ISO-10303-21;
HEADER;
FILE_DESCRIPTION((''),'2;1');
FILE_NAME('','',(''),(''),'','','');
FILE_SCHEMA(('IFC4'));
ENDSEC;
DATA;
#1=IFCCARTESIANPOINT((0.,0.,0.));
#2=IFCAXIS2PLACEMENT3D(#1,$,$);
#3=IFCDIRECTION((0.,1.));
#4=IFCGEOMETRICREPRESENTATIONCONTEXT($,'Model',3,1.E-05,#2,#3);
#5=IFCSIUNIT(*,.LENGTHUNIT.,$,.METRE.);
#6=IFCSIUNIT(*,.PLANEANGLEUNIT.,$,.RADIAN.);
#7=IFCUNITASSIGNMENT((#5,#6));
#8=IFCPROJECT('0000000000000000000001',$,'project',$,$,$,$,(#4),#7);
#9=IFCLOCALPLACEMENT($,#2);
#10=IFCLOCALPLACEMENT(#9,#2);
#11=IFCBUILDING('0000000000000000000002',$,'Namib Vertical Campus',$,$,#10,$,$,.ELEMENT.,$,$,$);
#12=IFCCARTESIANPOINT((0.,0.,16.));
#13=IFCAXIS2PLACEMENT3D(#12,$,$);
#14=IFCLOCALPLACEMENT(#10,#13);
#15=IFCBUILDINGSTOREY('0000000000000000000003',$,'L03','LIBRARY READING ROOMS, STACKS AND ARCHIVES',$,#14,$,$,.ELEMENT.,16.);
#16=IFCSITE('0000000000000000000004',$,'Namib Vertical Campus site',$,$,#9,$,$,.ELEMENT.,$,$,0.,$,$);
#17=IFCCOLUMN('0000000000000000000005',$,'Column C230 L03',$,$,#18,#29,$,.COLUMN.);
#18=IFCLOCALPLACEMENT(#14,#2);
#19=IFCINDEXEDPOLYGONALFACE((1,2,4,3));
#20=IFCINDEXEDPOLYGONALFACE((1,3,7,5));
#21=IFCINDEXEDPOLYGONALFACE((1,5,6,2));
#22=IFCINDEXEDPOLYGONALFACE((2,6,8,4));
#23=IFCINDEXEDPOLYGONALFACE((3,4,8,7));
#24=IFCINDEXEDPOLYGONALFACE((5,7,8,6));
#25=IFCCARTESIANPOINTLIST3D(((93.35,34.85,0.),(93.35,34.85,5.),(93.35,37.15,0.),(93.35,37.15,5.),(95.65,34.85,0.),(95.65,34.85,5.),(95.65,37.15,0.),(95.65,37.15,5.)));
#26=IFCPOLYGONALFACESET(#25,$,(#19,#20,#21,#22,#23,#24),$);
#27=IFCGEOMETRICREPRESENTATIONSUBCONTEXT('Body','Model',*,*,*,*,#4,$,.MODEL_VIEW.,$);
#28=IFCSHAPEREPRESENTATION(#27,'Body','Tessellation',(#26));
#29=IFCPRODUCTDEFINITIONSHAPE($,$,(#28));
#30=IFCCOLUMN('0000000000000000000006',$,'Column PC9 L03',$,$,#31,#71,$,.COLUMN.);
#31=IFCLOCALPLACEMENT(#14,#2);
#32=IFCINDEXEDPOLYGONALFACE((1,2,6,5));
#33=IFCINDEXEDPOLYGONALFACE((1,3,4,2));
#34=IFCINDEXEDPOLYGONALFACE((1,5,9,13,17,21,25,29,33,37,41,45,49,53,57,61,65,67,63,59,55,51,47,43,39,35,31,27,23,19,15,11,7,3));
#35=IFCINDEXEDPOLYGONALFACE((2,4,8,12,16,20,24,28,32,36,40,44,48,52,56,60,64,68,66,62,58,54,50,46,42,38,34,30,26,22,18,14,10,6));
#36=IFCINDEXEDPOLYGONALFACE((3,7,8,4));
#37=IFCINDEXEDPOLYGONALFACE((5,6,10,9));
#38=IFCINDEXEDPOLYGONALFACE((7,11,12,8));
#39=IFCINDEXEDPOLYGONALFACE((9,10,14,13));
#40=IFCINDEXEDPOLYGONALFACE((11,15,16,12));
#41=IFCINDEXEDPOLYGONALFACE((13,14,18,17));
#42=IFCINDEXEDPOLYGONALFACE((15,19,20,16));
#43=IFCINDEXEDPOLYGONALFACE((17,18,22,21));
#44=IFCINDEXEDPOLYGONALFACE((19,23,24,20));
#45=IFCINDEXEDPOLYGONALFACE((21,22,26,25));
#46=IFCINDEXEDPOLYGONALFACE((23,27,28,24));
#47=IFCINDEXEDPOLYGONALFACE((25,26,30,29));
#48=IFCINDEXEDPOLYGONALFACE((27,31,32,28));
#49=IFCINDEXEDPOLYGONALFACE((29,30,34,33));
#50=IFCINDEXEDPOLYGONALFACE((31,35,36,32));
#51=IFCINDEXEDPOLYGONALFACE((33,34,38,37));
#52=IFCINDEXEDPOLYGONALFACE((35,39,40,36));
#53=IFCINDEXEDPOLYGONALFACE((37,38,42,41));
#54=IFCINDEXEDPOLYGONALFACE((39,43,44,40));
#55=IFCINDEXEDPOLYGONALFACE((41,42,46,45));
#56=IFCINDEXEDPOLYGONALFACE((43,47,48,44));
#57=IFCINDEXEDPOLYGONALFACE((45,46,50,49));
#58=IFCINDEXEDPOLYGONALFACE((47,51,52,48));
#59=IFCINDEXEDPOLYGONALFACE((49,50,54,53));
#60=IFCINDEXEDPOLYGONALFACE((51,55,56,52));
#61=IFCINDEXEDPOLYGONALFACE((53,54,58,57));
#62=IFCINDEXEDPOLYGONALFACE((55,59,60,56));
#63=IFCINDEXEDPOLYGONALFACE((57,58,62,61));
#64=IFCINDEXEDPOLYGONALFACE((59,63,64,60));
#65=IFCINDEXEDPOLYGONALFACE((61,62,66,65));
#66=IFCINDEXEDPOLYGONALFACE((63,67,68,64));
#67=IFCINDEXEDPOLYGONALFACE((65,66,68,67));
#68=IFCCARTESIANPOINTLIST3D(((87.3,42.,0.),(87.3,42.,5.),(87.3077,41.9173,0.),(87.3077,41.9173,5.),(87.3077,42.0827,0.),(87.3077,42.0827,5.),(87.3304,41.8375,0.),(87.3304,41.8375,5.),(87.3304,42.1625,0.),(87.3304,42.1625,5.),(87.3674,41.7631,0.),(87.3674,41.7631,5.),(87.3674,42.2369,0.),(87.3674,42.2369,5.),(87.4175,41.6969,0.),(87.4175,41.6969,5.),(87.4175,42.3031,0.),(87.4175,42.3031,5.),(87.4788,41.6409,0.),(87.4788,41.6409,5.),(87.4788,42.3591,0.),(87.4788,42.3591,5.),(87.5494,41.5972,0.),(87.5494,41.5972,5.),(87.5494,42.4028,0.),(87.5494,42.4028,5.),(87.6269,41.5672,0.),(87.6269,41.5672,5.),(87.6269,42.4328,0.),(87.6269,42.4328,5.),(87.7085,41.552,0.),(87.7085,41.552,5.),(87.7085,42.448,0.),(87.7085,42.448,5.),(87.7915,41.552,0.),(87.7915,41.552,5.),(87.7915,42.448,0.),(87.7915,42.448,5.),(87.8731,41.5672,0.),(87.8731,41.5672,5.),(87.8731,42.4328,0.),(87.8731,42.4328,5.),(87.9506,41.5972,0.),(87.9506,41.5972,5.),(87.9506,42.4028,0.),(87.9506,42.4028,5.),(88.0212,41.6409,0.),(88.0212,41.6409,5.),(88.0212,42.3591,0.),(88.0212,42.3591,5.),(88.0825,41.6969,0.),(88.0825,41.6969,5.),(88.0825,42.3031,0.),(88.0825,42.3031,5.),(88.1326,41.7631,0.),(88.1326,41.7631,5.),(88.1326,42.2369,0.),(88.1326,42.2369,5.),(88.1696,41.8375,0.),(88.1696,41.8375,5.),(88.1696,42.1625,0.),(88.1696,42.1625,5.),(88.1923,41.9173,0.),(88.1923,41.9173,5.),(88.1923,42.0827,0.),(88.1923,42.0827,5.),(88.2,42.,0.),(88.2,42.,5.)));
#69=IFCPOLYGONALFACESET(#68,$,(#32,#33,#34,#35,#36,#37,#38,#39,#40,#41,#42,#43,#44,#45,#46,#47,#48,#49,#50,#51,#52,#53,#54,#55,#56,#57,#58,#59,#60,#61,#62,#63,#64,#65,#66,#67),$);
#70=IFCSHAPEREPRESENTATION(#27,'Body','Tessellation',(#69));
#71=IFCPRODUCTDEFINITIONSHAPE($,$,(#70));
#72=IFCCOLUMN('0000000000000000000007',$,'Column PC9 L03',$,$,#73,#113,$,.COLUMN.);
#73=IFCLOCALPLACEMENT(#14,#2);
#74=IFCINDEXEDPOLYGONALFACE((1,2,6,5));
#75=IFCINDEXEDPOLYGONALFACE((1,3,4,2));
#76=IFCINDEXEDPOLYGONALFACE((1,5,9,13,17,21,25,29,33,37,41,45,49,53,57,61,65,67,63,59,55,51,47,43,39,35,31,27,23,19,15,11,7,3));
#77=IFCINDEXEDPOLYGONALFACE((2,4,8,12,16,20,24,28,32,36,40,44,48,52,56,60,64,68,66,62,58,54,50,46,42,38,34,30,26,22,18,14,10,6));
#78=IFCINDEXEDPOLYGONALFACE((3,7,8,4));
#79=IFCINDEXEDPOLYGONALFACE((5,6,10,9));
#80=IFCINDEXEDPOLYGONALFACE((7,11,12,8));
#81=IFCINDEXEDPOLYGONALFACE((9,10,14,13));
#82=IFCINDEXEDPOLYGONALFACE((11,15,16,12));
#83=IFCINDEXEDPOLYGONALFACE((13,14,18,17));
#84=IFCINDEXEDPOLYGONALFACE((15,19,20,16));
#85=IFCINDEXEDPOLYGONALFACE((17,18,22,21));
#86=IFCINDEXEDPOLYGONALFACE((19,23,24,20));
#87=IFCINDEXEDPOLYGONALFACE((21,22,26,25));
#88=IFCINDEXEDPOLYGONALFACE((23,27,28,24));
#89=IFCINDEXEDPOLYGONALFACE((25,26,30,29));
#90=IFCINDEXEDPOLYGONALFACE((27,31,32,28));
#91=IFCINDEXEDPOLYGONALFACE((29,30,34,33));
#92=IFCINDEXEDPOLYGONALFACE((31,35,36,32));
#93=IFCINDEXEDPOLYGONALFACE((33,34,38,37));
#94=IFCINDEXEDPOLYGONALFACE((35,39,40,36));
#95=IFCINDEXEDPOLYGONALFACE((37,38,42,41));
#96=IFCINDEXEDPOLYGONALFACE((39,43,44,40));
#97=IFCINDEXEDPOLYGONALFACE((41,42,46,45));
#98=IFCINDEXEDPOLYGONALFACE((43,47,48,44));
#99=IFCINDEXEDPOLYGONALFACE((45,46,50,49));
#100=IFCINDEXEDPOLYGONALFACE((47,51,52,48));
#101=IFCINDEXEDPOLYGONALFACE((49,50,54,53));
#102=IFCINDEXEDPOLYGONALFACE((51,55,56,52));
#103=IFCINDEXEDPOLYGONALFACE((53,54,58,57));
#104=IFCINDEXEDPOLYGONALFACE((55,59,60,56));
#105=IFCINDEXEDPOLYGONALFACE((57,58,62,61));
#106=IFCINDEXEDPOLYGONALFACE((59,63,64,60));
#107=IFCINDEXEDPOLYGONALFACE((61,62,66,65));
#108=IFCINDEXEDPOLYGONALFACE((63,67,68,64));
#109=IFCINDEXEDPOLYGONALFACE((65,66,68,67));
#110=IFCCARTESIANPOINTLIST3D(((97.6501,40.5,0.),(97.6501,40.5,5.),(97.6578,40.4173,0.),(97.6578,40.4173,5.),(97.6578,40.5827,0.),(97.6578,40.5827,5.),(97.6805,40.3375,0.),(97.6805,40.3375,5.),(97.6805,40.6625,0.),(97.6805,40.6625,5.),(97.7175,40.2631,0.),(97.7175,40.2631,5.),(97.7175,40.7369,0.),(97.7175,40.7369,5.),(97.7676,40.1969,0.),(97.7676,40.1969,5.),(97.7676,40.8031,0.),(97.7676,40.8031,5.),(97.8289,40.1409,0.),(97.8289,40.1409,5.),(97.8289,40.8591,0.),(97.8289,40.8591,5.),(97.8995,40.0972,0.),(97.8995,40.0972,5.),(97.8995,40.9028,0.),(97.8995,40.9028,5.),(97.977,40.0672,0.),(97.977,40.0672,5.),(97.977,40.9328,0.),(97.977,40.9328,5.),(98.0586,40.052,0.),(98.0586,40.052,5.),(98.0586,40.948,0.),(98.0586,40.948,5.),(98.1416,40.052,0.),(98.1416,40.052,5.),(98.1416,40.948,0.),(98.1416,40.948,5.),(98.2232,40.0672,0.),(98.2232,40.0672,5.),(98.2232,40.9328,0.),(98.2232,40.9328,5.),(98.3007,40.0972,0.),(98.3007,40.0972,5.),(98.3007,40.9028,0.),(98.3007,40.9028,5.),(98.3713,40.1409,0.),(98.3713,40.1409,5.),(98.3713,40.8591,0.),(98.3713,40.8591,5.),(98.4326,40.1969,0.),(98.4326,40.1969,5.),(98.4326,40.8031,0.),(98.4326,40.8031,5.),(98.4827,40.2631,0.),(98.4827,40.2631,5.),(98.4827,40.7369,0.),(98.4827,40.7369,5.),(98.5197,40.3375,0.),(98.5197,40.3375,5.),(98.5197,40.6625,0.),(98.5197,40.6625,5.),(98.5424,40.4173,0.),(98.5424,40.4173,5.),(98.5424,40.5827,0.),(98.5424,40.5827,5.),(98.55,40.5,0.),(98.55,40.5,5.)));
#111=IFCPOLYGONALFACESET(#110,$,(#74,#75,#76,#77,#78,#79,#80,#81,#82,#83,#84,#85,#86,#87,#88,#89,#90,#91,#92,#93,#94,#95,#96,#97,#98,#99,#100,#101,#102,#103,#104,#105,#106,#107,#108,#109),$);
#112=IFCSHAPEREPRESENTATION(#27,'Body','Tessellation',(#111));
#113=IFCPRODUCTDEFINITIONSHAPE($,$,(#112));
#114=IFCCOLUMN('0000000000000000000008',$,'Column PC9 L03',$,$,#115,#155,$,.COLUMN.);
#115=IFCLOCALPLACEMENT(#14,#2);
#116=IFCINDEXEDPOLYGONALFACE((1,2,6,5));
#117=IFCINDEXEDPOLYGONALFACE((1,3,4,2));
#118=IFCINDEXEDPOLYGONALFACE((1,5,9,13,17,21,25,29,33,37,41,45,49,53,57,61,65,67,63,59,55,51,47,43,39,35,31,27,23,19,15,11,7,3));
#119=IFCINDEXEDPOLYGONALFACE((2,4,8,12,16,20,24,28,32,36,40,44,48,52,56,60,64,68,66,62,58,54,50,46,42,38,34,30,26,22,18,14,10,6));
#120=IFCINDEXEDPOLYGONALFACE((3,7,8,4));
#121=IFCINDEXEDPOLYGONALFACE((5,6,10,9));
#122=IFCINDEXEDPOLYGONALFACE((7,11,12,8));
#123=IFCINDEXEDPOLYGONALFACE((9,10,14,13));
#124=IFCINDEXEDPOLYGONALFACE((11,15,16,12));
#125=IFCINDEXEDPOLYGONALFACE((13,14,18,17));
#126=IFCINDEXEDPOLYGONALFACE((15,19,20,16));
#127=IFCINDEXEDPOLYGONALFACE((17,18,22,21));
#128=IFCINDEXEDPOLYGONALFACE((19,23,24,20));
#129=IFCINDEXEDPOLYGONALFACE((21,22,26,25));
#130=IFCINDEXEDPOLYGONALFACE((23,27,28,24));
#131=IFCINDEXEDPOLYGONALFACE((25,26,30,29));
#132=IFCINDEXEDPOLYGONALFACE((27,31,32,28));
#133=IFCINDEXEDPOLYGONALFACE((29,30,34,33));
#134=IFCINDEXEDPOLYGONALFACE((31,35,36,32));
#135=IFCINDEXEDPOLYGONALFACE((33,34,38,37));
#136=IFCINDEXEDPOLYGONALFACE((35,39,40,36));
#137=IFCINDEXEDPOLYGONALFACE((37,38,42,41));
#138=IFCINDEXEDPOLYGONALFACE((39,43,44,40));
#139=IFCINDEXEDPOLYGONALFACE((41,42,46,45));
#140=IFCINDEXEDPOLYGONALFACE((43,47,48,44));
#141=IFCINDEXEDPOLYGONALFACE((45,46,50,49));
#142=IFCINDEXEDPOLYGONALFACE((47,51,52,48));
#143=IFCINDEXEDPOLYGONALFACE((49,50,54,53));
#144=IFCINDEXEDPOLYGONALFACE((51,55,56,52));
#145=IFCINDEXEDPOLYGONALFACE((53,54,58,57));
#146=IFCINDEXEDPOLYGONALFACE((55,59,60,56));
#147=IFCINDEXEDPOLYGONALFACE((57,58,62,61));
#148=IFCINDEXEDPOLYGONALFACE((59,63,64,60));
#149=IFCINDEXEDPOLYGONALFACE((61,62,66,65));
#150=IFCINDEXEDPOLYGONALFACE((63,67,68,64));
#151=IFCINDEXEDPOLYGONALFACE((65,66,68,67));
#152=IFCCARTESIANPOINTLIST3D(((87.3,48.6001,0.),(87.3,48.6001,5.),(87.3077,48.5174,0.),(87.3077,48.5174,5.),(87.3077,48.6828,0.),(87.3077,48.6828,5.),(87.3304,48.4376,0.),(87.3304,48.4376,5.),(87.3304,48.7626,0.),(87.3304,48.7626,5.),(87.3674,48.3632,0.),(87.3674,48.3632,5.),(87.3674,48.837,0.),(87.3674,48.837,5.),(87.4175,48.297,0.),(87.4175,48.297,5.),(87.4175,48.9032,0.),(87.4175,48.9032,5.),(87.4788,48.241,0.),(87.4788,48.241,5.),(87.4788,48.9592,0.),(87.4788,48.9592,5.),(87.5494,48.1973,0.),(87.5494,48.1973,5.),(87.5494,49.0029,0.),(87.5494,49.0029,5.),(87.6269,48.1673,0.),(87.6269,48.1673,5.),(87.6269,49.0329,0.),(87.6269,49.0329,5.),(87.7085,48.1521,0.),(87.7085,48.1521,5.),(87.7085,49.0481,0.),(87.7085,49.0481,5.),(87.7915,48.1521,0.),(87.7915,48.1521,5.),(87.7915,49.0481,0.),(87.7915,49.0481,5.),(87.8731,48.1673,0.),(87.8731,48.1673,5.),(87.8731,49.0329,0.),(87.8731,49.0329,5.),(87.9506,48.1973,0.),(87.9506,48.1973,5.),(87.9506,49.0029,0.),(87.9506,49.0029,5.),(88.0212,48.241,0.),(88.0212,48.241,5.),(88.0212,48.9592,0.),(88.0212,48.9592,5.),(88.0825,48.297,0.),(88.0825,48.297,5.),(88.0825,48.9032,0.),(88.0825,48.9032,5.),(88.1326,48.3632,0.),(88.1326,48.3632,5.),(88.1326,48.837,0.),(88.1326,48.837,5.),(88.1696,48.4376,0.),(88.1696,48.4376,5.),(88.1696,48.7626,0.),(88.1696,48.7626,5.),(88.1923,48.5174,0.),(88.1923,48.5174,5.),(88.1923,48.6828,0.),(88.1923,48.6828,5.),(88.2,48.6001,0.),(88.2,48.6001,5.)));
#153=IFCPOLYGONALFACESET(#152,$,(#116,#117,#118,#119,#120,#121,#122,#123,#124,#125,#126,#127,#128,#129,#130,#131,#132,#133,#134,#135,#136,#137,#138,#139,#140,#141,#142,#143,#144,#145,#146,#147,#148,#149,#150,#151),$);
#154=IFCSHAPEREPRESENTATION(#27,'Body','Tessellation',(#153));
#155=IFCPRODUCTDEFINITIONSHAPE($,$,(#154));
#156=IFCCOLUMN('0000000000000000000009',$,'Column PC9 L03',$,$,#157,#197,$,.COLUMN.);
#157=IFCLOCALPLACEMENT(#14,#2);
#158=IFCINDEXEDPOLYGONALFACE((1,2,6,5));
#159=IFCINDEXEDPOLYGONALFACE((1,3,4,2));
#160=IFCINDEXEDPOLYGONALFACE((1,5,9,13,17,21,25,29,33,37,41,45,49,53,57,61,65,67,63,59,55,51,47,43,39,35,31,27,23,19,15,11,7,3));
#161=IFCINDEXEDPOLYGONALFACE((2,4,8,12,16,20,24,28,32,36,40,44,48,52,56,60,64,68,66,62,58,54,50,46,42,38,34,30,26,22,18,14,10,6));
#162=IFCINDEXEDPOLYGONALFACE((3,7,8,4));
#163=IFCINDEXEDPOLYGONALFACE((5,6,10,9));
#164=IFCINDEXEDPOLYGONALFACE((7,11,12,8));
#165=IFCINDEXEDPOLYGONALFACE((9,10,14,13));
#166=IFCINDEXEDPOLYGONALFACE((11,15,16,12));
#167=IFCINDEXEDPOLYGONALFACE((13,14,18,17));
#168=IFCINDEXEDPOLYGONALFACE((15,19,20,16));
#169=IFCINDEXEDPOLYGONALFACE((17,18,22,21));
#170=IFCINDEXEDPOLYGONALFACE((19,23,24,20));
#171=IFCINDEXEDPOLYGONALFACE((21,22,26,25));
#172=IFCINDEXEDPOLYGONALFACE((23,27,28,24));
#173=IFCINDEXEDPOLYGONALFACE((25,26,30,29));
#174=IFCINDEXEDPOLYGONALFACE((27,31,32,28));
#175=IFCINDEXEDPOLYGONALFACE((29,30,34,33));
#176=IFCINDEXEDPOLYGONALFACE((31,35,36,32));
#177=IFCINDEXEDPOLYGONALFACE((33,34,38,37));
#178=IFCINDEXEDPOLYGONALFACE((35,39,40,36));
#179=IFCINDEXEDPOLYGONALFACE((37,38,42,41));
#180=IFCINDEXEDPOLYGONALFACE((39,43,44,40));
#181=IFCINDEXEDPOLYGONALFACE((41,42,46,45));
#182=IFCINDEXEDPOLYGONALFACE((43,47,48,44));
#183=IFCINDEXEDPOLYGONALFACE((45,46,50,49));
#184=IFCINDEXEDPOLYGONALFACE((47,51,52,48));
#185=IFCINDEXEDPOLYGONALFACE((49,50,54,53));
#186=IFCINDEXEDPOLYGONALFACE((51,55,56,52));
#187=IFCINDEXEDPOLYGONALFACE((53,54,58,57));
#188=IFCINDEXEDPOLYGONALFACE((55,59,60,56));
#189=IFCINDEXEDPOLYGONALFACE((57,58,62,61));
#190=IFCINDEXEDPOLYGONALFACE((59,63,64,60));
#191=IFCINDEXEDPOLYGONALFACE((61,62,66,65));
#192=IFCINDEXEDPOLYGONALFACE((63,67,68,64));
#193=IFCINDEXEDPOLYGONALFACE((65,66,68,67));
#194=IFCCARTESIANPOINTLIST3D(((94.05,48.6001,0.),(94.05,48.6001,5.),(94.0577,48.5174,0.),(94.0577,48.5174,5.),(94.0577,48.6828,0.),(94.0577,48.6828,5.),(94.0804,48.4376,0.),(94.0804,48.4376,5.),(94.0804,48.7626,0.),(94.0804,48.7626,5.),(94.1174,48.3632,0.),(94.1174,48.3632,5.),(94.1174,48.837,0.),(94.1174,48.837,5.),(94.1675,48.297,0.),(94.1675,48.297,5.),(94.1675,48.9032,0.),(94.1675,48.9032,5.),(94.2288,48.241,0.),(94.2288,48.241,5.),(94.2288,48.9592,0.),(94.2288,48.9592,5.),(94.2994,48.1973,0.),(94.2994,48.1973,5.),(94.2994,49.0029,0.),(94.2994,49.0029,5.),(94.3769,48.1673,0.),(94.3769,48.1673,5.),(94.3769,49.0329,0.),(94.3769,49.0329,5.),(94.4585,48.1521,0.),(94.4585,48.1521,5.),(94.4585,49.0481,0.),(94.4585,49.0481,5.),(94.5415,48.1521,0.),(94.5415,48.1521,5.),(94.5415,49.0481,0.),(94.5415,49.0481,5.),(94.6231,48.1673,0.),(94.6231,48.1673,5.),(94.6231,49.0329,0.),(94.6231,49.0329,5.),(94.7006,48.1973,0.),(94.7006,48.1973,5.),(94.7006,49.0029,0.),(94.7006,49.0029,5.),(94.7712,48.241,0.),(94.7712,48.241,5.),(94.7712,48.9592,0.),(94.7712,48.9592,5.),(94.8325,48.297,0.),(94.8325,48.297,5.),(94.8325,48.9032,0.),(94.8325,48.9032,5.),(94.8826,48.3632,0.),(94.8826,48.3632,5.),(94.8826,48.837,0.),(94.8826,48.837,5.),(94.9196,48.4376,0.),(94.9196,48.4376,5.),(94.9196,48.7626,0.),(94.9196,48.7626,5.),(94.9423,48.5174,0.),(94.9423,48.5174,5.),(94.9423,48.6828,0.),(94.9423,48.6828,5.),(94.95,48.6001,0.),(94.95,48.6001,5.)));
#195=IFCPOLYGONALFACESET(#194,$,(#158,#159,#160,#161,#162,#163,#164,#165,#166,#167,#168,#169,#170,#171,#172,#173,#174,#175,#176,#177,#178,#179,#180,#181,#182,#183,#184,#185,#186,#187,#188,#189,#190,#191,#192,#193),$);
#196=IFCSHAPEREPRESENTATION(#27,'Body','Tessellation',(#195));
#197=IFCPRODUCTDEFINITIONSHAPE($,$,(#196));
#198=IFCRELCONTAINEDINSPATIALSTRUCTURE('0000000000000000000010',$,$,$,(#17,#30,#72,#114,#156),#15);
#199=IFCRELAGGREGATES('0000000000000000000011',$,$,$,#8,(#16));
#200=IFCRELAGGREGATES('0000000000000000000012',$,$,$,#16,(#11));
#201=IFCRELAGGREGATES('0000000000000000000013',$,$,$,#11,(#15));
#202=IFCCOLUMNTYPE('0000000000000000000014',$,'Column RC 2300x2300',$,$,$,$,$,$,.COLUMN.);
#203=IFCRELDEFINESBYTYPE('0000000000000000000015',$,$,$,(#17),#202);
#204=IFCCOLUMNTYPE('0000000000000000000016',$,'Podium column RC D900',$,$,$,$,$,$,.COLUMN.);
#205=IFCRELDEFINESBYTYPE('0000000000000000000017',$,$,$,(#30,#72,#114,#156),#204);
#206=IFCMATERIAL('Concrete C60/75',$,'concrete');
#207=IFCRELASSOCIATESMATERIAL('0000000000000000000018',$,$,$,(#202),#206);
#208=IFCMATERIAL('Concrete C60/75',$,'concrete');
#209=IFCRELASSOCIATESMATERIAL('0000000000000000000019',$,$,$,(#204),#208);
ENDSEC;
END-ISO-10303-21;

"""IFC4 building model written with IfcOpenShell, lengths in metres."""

from ifc_helpers import new_model, si_unit, direction, frame, origin, origin_2d, place, context, subcontext, project, spatial, rectangle, circle, extrude, material, material_profile, profile_set, type_object, element, save


model = new_model("IFC4")

# Units and contexts
model_context = context("Model", 3, precision=1e-05, world=origin(), true_north=direction((0.0, 1.0)))
body_context = subcontext(model_context, "Body", "Model", "MODEL_VIEW")
ifc_project = project(units=[si_unit("LENGTHUNIT", "METRE"), si_unit("PLANEANGLEUNIT", "RADIAN")], contexts=[model_context])

# Site, building, storey
site_placement = place(None, origin())
site = spatial("IfcSite", under=ifc_project, at=site_placement, Name="Namib Vertical Campus site", CompositionType="ELEMENT", RefElevation=0.0)
building_placement = place(site_placement, origin())
building = spatial("IfcBuilding", under=site, at=building_placement, Name="Namib Vertical Campus", CompositionType="ELEMENT")
storey_placement = place(building_placement, frame((0.0, 0.0, 16.0)))
storey = spatial("IfcBuildingStorey", under=building, at=storey_placement, Name="L03", Description="LIBRARY READING ROOMS, STACKS AND ARCHIVES", CompositionType="ELEMENT", Elevation=16.0)

# Columns
ifc_material_1 = material(Name="Concrete C60/75", Category="concrete")
ifc_material_profile_1 = material_profile(ifc_material_1, rectangle(XDim=2.3, YDim=2.3, at=origin_2d()))
ifc_profile_set_1 = profile_set([ifc_material_profile_1], Name="Concrete C60/75")
column_type_1 = type_object("IfcColumnType", Name="Column RC 2300x2300", PredefinedType="COLUMN", material=ifc_profile_set_1)
column_placement = place(storey_placement, frame((94.5, 36.0, 0.0), z_axis=(0.0, 0.0, 1.0), x_axis=(1.0, 0.0, 0.0)))
element("IfcColumn", 1, at=column_placement, inside=storey, type_object=column_type_1, Name="Column C230 L03", PredefinedType="COLUMN", context=body_context, shape_type="SweptSolid", body=[
    extrude(rectangle(XDim=2.3, YDim=2.3, at=origin_2d()), origin(), (0.0, 0.0, 1.0), 5.0),
])
ifc_material_2 = material(Name="Concrete C60/75", Category="concrete")
ifc_material_profile_2 = material_profile(ifc_material_2, circle(Radius=0.45, at=origin_2d()))
ifc_profile_set_2 = profile_set([ifc_material_profile_2], Name="Concrete C60/75")
column_type_2 = type_object("IfcColumnType", Name="Podium column RC D900", PredefinedType="COLUMN", material=ifc_profile_set_2)
for number, where, z_axis, x_axis, name in (
    (2, (87.75, 42.0, 0.0), (0.0, 0.0, 1.0), (1.0, 0.0, 0.0), "Column PC9 L03"),
    (3, (98.1001, 40.5, 0.0), (0.0, 0.0, 1.0), (1.0, 0.0, 0.0), "Column PC9 L03"),
    (4, (87.75, 48.6001, 0.0), (0.0, 0.0, 1.0), (1.0, 0.0, 0.0), "Column PC9 L03"),
    (5, (94.5, 48.6001, 0.0), (0.0, 0.0, 1.0), (1.0, 0.0, 0.0), "Column PC9 L03"),
):
    element("IfcColumn", number, at=place(storey_placement, frame(where, z_axis=z_axis, x_axis=x_axis)), inside=storey, type_object=column_type_2, Name=name, PredefinedType="COLUMN", context=body_context, shape_type="SweptSolid", body=[
        extrude(circle(Radius=0.45, at=origin_2d()), origin(), (0.0, 0.0, 1.0), 5.0),
    ])

save(model, "model.ifc")
